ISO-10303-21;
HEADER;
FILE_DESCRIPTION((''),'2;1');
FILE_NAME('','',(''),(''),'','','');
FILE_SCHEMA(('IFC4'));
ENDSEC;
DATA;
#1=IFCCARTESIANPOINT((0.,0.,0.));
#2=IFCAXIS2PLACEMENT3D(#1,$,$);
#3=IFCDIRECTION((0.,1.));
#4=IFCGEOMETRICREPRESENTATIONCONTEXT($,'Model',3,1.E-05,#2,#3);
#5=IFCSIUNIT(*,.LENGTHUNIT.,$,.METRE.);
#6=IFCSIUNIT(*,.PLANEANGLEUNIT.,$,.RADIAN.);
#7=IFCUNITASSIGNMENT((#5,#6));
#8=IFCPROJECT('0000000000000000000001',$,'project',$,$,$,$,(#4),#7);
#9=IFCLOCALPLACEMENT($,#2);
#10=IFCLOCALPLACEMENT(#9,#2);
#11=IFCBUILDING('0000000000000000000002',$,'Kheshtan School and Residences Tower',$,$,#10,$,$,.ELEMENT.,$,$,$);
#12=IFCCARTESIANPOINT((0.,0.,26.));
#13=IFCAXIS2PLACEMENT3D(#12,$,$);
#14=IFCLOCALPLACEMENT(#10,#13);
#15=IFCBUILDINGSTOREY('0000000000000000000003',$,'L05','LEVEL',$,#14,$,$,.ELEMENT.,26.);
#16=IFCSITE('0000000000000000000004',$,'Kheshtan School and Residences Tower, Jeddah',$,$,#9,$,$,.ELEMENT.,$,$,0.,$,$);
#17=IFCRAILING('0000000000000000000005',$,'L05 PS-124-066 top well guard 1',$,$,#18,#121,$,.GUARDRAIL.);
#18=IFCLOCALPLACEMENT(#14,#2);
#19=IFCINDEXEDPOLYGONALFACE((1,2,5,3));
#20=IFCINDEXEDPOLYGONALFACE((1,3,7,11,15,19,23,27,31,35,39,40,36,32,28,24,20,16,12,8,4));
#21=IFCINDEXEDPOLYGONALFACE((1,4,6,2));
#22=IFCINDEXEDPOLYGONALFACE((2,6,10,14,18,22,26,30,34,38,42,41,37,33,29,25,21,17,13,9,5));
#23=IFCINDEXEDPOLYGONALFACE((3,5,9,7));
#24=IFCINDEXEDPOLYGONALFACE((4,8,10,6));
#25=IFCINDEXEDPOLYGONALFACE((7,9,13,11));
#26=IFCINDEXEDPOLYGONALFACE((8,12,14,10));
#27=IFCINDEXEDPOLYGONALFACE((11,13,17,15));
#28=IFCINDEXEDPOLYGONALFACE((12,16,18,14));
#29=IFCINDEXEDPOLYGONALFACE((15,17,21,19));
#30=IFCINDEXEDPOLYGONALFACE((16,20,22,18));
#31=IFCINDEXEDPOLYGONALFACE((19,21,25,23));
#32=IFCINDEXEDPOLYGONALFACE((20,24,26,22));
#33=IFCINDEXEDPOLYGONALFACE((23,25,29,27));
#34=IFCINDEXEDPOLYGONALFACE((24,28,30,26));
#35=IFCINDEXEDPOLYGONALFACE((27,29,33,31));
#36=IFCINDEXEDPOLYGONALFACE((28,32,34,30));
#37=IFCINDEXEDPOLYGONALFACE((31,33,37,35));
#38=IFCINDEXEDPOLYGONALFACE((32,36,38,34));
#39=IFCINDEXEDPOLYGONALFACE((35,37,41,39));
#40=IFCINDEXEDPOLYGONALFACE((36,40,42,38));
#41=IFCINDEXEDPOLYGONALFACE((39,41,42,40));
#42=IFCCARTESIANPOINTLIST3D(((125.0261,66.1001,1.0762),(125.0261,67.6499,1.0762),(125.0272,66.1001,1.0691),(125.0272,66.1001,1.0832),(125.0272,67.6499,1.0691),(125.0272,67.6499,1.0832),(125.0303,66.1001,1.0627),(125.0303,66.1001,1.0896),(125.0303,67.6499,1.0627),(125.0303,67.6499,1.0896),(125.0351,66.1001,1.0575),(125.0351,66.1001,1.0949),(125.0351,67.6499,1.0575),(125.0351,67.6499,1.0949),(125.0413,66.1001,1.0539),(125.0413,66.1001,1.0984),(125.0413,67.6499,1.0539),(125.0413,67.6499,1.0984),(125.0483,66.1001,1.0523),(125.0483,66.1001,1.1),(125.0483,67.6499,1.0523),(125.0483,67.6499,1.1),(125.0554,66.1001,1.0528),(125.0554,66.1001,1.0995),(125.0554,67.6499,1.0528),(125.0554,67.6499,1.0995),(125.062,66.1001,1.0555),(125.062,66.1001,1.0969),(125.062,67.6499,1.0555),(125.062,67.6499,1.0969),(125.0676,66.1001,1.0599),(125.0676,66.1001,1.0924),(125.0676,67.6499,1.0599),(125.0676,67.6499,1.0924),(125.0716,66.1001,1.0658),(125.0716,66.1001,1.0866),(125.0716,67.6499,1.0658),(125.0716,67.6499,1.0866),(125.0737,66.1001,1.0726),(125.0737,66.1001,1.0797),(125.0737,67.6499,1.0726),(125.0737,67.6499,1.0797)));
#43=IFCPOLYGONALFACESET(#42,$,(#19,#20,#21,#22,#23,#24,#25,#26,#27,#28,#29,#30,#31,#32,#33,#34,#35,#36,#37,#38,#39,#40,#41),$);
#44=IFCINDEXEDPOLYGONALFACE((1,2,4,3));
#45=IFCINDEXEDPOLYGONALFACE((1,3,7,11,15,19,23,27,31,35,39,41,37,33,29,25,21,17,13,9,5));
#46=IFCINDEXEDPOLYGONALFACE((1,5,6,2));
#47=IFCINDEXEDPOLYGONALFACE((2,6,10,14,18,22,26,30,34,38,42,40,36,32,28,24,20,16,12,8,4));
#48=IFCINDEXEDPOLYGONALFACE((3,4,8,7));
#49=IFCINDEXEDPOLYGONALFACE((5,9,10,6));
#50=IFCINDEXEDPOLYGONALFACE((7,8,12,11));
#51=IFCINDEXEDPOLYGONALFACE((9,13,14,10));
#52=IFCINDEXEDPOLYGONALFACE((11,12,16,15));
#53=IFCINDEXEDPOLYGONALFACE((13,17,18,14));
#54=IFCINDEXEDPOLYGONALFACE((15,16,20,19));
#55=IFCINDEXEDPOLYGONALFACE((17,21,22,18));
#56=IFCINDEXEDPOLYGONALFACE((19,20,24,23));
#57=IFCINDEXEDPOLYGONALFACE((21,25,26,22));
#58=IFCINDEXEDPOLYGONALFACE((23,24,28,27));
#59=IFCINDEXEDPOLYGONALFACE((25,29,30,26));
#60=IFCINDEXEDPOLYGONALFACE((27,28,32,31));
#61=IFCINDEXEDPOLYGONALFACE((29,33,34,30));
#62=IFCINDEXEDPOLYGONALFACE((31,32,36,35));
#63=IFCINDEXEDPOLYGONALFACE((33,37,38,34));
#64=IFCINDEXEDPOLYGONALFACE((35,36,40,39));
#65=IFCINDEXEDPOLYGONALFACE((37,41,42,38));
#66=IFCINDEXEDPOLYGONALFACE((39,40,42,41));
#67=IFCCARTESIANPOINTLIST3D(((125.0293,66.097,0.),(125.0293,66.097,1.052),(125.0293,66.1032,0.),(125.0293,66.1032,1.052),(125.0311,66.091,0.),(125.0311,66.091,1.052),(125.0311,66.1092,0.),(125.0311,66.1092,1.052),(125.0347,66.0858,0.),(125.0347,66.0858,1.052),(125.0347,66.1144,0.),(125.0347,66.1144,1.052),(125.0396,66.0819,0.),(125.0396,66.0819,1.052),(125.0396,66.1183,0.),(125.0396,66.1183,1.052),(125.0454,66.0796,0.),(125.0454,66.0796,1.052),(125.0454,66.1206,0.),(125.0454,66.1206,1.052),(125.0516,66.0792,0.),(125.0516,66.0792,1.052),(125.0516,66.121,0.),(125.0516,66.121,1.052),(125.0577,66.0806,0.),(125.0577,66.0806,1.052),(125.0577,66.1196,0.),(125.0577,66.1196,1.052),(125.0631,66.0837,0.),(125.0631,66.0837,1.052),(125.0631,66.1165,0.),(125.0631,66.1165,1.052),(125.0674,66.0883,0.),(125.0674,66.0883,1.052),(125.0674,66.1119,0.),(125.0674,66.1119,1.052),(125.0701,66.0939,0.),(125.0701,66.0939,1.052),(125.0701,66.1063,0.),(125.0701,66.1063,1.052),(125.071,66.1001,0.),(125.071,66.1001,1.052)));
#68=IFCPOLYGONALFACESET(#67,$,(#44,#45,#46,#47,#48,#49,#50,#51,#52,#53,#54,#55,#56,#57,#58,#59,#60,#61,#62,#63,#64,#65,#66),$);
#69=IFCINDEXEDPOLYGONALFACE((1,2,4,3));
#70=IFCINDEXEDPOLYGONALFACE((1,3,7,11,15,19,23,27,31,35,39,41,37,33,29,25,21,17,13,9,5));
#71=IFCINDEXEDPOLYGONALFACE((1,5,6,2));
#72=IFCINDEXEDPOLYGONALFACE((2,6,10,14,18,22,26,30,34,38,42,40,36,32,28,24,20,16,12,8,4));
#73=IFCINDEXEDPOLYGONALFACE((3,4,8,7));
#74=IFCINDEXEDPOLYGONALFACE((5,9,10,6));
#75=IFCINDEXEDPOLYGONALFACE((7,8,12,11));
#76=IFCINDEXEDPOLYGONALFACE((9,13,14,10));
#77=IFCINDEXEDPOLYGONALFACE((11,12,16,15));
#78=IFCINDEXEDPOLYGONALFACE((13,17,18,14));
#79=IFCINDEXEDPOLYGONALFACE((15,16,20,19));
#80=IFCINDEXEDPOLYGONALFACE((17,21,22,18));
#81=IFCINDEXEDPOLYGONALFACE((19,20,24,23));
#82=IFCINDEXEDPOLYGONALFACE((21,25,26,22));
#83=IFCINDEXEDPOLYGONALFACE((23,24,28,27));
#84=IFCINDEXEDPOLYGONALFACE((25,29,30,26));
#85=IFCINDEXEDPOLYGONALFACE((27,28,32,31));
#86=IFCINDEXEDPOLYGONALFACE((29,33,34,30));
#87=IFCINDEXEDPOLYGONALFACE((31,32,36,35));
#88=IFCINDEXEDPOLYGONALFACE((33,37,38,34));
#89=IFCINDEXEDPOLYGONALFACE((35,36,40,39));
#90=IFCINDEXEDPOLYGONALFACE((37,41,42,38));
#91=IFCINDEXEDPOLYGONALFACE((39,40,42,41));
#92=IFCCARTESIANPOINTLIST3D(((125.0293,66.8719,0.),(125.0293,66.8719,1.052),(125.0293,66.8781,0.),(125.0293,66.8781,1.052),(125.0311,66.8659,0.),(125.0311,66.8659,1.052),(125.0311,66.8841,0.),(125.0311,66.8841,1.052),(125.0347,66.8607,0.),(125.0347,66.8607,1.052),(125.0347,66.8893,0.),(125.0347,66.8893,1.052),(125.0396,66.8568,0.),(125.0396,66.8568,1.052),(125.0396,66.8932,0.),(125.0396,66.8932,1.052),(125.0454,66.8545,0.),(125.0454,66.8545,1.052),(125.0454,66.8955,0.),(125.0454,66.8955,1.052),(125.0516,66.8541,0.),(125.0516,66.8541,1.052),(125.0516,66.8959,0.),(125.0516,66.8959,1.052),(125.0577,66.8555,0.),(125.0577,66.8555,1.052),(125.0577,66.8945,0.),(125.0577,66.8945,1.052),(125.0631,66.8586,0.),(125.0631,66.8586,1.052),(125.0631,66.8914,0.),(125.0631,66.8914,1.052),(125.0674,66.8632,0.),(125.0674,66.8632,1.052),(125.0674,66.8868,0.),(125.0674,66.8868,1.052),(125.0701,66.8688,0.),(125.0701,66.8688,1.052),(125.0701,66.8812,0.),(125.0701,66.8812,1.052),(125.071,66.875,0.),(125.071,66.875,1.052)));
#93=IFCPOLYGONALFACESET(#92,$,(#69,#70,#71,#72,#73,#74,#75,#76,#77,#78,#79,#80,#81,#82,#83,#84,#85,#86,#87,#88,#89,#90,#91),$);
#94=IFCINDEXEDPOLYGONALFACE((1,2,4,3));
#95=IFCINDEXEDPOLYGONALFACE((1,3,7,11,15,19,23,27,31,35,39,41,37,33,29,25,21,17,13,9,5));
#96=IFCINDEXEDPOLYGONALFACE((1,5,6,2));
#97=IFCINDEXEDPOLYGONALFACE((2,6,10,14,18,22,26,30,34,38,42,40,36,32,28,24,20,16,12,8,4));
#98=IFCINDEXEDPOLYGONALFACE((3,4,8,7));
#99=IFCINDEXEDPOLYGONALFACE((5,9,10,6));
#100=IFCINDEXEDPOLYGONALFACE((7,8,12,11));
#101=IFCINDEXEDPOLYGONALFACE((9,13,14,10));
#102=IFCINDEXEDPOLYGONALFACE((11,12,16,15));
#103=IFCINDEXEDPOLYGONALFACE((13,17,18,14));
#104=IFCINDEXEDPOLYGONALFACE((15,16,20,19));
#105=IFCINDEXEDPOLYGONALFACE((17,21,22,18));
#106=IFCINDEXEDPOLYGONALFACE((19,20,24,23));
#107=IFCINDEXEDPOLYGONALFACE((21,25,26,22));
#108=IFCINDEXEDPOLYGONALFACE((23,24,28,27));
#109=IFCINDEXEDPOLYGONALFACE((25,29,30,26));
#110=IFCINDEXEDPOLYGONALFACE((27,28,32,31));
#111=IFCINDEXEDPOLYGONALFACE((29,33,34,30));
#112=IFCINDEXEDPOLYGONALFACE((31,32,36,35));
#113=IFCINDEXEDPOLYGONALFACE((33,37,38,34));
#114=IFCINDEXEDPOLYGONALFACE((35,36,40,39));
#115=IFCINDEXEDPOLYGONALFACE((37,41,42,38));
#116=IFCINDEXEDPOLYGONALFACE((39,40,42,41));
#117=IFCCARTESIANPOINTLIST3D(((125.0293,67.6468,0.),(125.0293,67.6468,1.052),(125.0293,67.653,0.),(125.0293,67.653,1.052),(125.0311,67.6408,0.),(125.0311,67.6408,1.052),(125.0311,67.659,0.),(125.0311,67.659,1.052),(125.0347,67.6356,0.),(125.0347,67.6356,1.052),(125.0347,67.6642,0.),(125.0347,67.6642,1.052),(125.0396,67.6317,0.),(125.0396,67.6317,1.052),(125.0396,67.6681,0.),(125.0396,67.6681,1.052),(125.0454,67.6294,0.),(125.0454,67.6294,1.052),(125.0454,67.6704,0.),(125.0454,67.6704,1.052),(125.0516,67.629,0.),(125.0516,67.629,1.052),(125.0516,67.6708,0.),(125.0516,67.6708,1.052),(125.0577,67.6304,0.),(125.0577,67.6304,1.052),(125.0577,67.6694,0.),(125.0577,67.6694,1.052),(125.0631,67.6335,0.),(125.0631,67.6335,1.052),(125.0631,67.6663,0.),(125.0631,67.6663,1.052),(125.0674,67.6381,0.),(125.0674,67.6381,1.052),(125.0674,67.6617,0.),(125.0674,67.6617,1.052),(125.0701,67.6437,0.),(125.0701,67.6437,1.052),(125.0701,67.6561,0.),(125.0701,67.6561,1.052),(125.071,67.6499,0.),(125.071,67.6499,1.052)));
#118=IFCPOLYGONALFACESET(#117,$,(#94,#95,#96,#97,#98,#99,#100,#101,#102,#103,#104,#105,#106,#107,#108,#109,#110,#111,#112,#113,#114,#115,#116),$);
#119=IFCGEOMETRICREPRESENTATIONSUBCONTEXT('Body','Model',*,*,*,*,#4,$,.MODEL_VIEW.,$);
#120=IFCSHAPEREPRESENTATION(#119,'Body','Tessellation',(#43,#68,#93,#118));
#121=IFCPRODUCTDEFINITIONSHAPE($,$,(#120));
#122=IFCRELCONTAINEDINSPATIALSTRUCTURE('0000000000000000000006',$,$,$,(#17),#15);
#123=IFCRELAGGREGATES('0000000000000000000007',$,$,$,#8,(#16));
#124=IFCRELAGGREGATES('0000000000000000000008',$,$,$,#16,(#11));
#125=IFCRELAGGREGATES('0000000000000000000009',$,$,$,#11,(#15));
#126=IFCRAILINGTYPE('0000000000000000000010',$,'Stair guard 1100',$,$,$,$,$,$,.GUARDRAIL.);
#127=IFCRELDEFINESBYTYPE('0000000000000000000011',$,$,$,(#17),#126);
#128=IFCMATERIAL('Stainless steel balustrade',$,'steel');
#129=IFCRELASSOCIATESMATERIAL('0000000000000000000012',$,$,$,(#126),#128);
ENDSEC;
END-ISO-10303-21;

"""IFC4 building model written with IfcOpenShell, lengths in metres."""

from ifc_helpers import new_model, si_unit, direction, frame, origin, origin_2d, place, context, subcontext, project, spatial, circle, extrude, material, type_object, element, save


model = new_model("IFC4")

# Units and contexts
model_context = context("Model", 3, precision=1e-05, world=origin(), true_north=direction((0.0, 1.0)))
body_context = subcontext(model_context, "Body", "Model", "MODEL_VIEW")
ifc_project = project(units=[si_unit("LENGTHUNIT", "METRE"), si_unit("PLANEANGLEUNIT", "RADIAN")], contexts=[model_context])

# Site, building, storey
site_placement = place(None, origin())
site = spatial("IfcSite", under=ifc_project, at=site_placement, Name="Kheshtan School and Residences Tower, Jeddah", CompositionType="ELEMENT", RefElevation=0.0)
building_placement = place(site_placement, origin())
building = spatial("IfcBuilding", under=site, at=building_placement, Name="Kheshtan School and Residences Tower", CompositionType="ELEMENT")
storey_placement = place(building_placement, frame((0.0, 0.0, 26.0)))
storey = spatial("IfcBuildingStorey", under=building, at=storey_placement, Name="L05", Description="LEVEL", CompositionType="ELEMENT", Elevation=26.0)

# Railing
ifc_material_1 = material(Name="Stainless steel balustrade", Category="steel")
railing_type = type_object("IfcRailingType", Name="Stair guard 1100", PredefinedType="GUARDRAIL", material=ifc_material_1)
railing_placement = place(storey_placement, frame((125.05, 66.1001, 0.0)))
element("IfcRailing", 1, at=railing_placement, inside=storey, type_object=railing_type, Name="L05 PS-124-066 top well guard 1", PredefinedType="GUARDRAIL", context=body_context, shape_type="SweptSolid", body=[
    extrude(circle(Radius=0.0239, at=origin_2d()), frame((0.0, 0.0, 1.0762), z_axis=(0.0, 1.0, 0.0), x_axis=(-1.0, 0.0, 0.0)), (0.0, 0.0, 1.0), 1.5498),
    extrude(circle(Radius=0.021, at=origin_2d()), origin(), (0.0, 0.0, 1.0), 1.052),
    extrude(circle(Radius=0.021, at=origin_2d()), frame((0.0, 0.7749, 0.0)), (0.0, 0.0, 1.0), 1.052),
    extrude(circle(Radius=0.021, at=origin_2d()), frame((0.0, 1.5498, 0.0)), (0.0, 0.0, 1.0), 1.052),
])

save(model, "model.ifc")
